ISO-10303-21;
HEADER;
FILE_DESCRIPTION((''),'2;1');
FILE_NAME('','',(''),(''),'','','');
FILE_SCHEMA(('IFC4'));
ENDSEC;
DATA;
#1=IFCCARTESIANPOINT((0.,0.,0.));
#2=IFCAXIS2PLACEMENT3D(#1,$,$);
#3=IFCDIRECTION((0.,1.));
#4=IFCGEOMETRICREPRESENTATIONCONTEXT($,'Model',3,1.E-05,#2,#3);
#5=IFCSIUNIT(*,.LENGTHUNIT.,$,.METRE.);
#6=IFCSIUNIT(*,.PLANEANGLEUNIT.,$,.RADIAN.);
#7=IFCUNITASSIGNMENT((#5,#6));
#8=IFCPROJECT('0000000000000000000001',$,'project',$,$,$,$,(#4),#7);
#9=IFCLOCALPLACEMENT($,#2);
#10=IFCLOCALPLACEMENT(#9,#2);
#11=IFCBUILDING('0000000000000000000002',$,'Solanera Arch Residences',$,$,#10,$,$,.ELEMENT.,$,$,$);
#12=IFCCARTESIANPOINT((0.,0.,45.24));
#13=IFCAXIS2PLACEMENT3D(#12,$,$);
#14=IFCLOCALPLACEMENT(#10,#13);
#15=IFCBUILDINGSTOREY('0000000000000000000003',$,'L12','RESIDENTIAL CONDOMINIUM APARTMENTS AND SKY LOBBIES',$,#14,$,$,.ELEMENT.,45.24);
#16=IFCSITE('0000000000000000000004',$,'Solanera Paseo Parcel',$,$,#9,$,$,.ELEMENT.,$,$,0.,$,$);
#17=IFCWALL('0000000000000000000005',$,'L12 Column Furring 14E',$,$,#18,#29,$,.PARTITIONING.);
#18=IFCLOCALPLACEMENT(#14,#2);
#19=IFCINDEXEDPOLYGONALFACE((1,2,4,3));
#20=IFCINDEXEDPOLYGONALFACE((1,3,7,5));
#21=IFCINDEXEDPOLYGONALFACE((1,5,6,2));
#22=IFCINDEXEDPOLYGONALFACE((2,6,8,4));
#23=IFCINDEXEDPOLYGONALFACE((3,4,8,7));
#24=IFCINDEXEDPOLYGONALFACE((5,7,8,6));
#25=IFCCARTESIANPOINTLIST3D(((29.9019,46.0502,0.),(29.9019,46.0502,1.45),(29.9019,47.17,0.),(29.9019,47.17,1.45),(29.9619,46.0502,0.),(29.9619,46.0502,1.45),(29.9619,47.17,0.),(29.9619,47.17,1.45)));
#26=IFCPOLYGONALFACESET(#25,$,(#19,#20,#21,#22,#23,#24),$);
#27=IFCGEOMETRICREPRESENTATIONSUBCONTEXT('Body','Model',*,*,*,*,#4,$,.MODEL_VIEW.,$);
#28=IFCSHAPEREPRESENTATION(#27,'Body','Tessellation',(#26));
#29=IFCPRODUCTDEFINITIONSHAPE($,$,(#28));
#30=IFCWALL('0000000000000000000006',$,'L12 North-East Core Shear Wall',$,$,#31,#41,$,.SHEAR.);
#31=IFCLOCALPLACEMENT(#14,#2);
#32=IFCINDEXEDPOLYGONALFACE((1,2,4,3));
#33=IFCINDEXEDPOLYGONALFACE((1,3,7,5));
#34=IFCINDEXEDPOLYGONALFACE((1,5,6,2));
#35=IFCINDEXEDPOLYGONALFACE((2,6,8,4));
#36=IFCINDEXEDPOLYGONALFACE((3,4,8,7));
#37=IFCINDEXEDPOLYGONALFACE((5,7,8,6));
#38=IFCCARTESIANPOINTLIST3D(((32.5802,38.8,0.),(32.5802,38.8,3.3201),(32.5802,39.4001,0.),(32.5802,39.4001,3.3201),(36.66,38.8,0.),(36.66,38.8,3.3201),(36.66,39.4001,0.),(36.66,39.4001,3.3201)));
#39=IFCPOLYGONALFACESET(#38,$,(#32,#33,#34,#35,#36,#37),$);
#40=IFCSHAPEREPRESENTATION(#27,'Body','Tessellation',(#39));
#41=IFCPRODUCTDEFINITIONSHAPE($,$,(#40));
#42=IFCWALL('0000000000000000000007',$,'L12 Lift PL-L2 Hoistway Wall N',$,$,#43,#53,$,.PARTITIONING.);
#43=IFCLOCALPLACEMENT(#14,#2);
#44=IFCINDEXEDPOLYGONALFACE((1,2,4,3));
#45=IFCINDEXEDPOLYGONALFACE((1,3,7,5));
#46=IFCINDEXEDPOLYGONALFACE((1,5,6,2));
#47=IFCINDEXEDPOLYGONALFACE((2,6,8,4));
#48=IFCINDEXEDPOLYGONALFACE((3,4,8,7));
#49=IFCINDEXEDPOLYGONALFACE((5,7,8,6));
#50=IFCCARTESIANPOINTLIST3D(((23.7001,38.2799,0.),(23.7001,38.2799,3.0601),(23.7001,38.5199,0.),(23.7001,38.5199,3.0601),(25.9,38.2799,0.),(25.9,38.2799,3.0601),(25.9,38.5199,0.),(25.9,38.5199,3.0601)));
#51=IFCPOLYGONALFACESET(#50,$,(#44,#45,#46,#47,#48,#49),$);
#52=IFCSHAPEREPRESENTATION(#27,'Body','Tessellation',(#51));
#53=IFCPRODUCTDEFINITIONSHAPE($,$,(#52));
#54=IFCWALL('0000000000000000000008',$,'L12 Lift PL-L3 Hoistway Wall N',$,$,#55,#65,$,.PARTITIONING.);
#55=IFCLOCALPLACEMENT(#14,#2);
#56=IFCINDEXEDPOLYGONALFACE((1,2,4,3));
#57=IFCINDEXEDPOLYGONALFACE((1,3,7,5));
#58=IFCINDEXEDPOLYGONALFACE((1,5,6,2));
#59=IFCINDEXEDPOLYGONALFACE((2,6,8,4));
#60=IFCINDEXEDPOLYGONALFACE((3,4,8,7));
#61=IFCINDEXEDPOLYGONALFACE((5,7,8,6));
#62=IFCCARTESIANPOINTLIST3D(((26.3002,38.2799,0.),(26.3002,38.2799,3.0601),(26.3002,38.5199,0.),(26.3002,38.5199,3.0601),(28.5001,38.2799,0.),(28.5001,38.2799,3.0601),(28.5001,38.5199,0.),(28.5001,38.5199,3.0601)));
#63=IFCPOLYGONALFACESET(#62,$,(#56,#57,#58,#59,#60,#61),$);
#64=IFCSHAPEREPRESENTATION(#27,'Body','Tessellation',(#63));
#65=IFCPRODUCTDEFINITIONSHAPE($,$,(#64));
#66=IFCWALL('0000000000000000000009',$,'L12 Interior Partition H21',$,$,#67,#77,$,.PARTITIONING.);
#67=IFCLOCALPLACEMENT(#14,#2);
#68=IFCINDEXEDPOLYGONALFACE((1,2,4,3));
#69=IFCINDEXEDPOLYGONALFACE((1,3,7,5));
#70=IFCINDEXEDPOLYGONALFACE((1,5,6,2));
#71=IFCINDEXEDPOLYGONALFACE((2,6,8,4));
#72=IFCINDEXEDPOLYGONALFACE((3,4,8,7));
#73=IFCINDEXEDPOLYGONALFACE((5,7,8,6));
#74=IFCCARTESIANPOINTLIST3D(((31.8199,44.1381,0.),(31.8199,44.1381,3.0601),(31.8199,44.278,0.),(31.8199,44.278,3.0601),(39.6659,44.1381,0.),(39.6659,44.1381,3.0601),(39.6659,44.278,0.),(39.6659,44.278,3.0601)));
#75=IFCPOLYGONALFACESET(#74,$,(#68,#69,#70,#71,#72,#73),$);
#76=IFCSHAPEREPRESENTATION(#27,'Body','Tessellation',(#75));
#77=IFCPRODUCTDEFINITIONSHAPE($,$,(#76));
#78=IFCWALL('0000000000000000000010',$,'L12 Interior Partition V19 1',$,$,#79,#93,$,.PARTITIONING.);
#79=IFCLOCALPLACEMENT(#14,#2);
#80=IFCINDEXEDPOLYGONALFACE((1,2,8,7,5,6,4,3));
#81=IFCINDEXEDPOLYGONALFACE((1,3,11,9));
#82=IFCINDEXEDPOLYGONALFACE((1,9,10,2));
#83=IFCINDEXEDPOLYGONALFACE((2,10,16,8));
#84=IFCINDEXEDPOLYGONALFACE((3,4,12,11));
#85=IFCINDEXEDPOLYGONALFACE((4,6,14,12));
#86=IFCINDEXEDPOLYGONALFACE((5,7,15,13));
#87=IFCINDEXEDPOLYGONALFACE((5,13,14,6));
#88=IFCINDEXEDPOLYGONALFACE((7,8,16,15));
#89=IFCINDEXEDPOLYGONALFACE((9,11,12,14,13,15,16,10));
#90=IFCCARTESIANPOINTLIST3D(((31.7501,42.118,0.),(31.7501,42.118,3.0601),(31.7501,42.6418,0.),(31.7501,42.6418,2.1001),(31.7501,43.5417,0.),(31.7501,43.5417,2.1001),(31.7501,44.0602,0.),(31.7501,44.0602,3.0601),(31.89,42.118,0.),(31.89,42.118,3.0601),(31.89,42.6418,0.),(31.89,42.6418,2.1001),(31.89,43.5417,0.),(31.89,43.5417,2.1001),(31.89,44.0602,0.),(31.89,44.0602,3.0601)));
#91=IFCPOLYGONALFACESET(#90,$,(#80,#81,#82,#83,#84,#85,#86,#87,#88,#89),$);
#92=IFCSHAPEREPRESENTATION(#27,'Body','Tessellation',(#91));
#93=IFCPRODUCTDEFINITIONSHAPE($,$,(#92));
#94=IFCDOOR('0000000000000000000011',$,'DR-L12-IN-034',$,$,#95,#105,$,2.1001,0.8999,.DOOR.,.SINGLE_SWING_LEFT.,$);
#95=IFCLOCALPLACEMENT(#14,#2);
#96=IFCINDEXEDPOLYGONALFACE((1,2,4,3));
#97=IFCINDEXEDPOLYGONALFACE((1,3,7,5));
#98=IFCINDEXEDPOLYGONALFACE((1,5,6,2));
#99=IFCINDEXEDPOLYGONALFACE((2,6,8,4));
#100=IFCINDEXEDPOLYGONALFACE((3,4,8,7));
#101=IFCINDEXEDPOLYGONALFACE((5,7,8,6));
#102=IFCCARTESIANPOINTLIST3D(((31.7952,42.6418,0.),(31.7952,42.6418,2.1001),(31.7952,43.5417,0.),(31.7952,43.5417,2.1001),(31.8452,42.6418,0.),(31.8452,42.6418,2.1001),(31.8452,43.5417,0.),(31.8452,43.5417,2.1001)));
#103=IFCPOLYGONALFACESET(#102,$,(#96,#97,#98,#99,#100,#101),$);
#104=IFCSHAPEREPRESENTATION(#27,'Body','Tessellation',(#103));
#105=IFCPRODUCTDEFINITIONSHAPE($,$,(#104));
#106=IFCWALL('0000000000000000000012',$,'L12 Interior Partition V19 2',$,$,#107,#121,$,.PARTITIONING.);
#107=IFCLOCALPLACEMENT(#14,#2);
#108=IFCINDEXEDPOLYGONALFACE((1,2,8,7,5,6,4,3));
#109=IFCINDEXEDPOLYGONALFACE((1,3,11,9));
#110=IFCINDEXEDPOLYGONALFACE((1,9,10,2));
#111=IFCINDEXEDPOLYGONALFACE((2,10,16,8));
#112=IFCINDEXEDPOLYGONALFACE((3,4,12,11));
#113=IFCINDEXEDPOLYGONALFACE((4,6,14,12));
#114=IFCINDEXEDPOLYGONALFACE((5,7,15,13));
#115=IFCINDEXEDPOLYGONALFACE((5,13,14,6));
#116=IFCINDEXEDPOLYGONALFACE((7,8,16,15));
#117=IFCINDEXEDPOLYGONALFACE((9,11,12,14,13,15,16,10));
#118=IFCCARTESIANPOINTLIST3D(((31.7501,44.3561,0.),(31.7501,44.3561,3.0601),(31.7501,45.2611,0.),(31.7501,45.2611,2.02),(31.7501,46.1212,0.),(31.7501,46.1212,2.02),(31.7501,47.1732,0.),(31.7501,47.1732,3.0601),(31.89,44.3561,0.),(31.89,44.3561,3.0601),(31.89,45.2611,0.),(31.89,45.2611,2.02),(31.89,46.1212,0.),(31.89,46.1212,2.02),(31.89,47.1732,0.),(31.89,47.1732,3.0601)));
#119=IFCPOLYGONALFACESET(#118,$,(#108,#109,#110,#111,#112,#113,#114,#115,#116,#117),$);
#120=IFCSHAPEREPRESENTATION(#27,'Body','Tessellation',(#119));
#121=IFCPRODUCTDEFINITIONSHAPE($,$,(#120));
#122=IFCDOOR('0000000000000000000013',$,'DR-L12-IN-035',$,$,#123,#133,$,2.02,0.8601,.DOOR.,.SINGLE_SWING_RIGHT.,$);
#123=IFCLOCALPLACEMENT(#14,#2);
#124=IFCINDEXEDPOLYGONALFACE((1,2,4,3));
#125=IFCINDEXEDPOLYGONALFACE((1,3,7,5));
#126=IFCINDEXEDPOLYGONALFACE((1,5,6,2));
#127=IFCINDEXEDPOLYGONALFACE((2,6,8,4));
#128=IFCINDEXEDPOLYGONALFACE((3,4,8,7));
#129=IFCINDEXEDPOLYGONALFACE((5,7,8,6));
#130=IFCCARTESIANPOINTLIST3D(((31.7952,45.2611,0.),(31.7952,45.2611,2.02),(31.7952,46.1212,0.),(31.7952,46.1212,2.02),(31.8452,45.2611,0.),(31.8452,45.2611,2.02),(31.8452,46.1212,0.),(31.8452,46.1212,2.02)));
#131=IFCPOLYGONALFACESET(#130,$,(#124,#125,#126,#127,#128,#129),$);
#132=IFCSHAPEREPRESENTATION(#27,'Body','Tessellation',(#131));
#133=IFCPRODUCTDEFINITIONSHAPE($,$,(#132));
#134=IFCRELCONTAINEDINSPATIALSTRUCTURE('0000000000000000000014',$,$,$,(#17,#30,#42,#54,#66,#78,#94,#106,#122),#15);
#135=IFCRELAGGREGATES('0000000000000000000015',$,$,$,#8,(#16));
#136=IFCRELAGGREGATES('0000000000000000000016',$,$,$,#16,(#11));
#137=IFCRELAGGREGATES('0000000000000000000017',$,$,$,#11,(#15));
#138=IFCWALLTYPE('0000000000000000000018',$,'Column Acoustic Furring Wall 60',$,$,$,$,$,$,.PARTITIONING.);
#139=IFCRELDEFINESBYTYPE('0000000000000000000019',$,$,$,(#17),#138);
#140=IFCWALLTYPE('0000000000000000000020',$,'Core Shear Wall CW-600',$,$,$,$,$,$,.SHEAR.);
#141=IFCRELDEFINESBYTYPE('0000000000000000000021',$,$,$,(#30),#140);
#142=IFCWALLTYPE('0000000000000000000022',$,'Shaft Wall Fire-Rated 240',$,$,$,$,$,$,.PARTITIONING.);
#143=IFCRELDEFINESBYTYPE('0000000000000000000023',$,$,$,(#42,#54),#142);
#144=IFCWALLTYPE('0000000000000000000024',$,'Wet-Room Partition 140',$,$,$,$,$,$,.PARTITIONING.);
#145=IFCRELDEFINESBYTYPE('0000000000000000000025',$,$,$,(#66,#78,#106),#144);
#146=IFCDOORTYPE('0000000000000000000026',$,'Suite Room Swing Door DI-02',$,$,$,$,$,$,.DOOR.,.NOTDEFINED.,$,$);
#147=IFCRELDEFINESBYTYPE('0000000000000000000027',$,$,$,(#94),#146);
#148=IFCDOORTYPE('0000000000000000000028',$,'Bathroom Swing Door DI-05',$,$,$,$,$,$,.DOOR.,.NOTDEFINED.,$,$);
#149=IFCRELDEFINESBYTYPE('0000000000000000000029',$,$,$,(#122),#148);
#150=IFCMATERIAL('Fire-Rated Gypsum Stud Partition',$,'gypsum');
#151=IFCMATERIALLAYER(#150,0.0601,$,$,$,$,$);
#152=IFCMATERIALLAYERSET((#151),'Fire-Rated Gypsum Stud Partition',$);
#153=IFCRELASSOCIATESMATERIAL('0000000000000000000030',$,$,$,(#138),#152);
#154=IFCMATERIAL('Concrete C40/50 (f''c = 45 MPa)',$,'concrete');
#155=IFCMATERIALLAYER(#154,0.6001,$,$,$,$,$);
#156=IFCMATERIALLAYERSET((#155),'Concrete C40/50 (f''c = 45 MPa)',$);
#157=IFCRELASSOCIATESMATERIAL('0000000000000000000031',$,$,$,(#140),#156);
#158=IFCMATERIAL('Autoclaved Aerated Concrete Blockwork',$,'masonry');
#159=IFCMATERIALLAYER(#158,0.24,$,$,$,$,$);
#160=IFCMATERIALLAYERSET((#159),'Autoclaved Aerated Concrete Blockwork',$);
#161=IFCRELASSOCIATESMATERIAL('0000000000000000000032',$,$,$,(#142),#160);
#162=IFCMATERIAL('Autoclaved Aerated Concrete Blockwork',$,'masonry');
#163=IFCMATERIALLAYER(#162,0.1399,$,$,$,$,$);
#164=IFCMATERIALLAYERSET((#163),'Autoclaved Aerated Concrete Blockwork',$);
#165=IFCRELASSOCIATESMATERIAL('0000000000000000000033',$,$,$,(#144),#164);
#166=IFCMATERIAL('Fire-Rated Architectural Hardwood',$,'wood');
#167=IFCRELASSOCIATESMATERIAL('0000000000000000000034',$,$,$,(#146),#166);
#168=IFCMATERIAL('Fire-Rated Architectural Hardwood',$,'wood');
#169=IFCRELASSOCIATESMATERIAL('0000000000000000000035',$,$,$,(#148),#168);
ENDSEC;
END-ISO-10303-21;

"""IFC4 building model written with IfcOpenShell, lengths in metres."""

from ifc_helpers import new_model, si_unit, direction, frame, frame_2d, origin, place, context, subcontext, project, spatial, rectangle, extrude, material, layer, layer_set, type_object, element, fill, save


model = new_model("IFC4")

# Units and contexts
model_context = context("Model", 3, precision=1e-05, world=origin(), true_north=direction((0.0, 1.0)))
body_context = subcontext(model_context, "Body", "Model", "MODEL_VIEW")
ifc_project = project(units=[si_unit("LENGTHUNIT", "METRE"), si_unit("PLANEANGLEUNIT", "RADIAN")], contexts=[model_context])

# Site, building, storey
site_placement = place(None, origin())
site = spatial("IfcSite", under=ifc_project, at=site_placement, Name="Solanera Paseo Parcel", CompositionType="ELEMENT", RefElevation=0.0)
building_placement = place(site_placement, origin())
building = spatial("IfcBuilding", under=site, at=building_placement, Name="Solanera Arch Residences", CompositionType="ELEMENT")
storey_placement = place(building_placement, frame((0.0, 0.0, 45.24)))
storey = spatial("IfcBuildingStorey", under=building, at=storey_placement, Name="L12", Description="RESIDENTIAL CONDOMINIUM APARTMENTS AND SKY LOBBIES", CompositionType="ELEMENT", Elevation=45.24)

# Walls
ifc_material_1 = material(Name="Fire-Rated Gypsum Stud Partition", Category="gypsum")
ifc_layer_1 = layer(ifc_material_1, 0.0601)
ifc_layer_set_1 = layer_set([ifc_layer_1], Name="Fire-Rated Gypsum Stud Partition")
wall_type_1 = type_object("IfcWallType", Name="Column Acoustic Furring Wall 60", PredefinedType="PARTITIONING", material=ifc_layer_set_1)
for number, where, z_axis, x_axis, name in (
    (1, (29.9319, 46.05, 0.0), (0.0, 0.0, 1.0), (0.0, 1.0, 0.0), "L12 Column Furring 14E"),
):
    element("IfcWall", number, at=place(storey_placement, frame(where, z_axis=z_axis, x_axis=x_axis)), inside=storey, type_object=wall_type_1, Name=name, PredefinedType="PARTITIONING", context=body_context, shape_type="SweptSolid", body=[
        extrude(rectangle(XDim=1.1199, YDim=0.0601, at=frame_2d((0.5601, 0.0))), origin(), (0.0, 0.0, 1.0), 1.45),
    ])
ifc_material_2 = material(Name="Concrete C40/50 (f'c = 45 MPa)", Category="concrete")
ifc_layer_2 = layer(ifc_material_2, 0.6001)
ifc_layer_set_2 = layer_set([ifc_layer_2], Name="Concrete C40/50 (f'c = 45 MPa)")
wall_type_2 = type_object("IfcWallType", Name="Core Shear Wall CW-600", PredefinedType="SHEAR", material=ifc_layer_set_2)
wall_1_placement = place(storey_placement, frame((32.5801, 39.1001, 0.0), z_axis=(0.0, 0.0, 1.0), x_axis=(1.0, 0.0, 0.0)))
element("IfcWall", 2, at=wall_1_placement, inside=storey, type_object=wall_type_2, Name="L12 North-East Core Shear Wall", PredefinedType="SHEAR", context=body_context, shape_type="SweptSolid", body=[
    extrude(rectangle(XDim=4.0798, YDim=0.6001, at=frame_2d((2.04, 0.0))), origin(), (0.0, 0.0, 1.0), 3.3201),
])
ifc_material_3 = material(Name="Autoclaved Aerated Concrete Blockwork", Category="masonry")
ifc_layer_3 = layer(ifc_material_3, 0.24)
ifc_layer_set_3 = layer_set([ifc_layer_3], Name="Autoclaved Aerated Concrete Blockwork")
wall_type_3 = type_object("IfcWallType", Name="Shaft Wall Fire-Rated 240", PredefinedType="PARTITIONING", material=ifc_layer_set_3)
for number, where, z_axis, x_axis, name in (
    (3, (23.7, 38.3999, 0.0), (0.0, 0.0, 1.0), (1.0, 0.0, 0.0), "L12 Lift PL-L2 Hoistway Wall N"),
    (4, (26.3, 38.3999, 0.0), (0.0, 0.0, 1.0), (1.0, 0.0, 0.0), "L12 Lift PL-L3 Hoistway Wall N"),
):
    element("IfcWall", number, at=place(storey_placement, frame(where, z_axis=z_axis, x_axis=x_axis)), inside=storey, type_object=wall_type_3, Name=name, PredefinedType="PARTITIONING", context=body_context, shape_type="SweptSolid", body=[
        extrude(rectangle(XDim=2.2, YDim=0.24, at=frame_2d((1.1001, 0.0))), origin(), (0.0, 0.0, 1.0), 3.0601),
    ])
ifc_material_4 = material(Name="Autoclaved Aerated Concrete Blockwork", Category="masonry")
ifc_layer_4 = layer(ifc_material_4, 0.1399)
ifc_layer_set_4 = layer_set([ifc_layer_4], Name="Autoclaved Aerated Concrete Blockwork")
wall_type_4 = type_object("IfcWallType", Name="Wet-Room Partition 140", PredefinedType="PARTITIONING", material=ifc_layer_set_4)
wall_2_placement = place(storey_placement, frame((31.8201, 44.208, 0.0), z_axis=(0.0, 0.0, 1.0), x_axis=(1.0, 0.0, 0.0)))
element("IfcWall", 5, at=wall_2_placement, inside=storey, type_object=wall_type_4, Name="L12 Interior Partition H21", PredefinedType="PARTITIONING", context=body_context, shape_type="SweptSolid", body=[
    extrude(rectangle(XDim=7.8459, YDim=0.1399, at=frame_2d((3.9229, 0.0))), origin(), (0.0, 0.0, 1.0), 3.0601),
])

# Walls, openings, doors
wall_3_placement = place(storey_placement, frame((31.8201, 42.1179, 0.0), z_axis=(0.0, 0.0, 1.0), x_axis=(0.0, 1.0, 0.0)))
wall_3 = element("IfcWall", 6, at=wall_3_placement, inside=storey, type_object=wall_type_4, Name="L12 Interior Partition V19 1", PredefinedType="PARTITIONING", context=body_context, shape_type="SweptSolid", body=[
    extrude(rectangle(XDim=1.9421, YDim=0.1399, at=frame_2d((0.9712, 0.0))), origin(), (0.0, 0.0, 1.0), 3.0601),
])
opening_1_placement = place(wall_3_placement, frame((0.5239, 0.0, 0.0)))
opening_1 = element("IfcOpeningElement", 7, at=opening_1_placement, cuts=wall_3, PredefinedType="OPENING", context=body_context, shape_type="SweptSolid", body=[
    extrude(rectangle(XDim=0.8999, YDim=2.1001, at=frame_2d((0.45, 1.05))), frame((0.0, 0.0798, 0.0), z_axis=(0.0, -1.0, 0.0), x_axis=(1.0, 0.0, 0.0)), (0.0, 0.0, 1.0), 0.1599),
])
ifc_material_5 = material(Name="Fire-Rated Architectural Hardwood", Category="wood")
door_type_1 = type_object("IfcDoorType", Name="Suite Room Swing Door DI-02", OperationType="NOTDEFINED", PredefinedType="DOOR", material=ifc_material_5)
door_1_placement = place(opening_1_placement, origin())
door_1 = element("IfcDoor", 8, at=door_1_placement, inside=storey, type_object=door_type_1, Name="DR-L12-IN-034", OperationType="SINGLE_SWING_LEFT", OverallHeight=2.1001, OverallWidth=0.8999, PredefinedType="DOOR", context=body_context, shape_type="SweptSolid", body=[
    extrude(rectangle(XDim=0.8999, YDim=2.1001, at=frame_2d((0.45, 1.05))), frame((0.0, 0.0249, 0.0), z_axis=(0.0, -1.0, 0.0), x_axis=(1.0, 0.0, 0.0)), (0.0, 0.0, 1.0), 0.05),
])
fill(opening_1, door_1)
wall_4_placement = place(storey_placement, frame((31.8201, 44.356, 0.0), z_axis=(0.0, 0.0, 1.0), x_axis=(0.0, 1.0, 0.0)))
wall_4 = element("IfcWall", 9, at=wall_4_placement, inside=storey, type_object=wall_type_4, Name="L12 Interior Partition V19 2", PredefinedType="PARTITIONING", context=body_context, shape_type="SweptSolid", body=[
    extrude(rectangle(XDim=2.8171, YDim=0.1399, at=frame_2d((1.4087, 0.0))), origin(), (0.0, 0.0, 1.0), 3.0601),
])
opening_2_placement = place(wall_4_placement, frame((0.905, 0.0, 0.0)))
opening_2 = element("IfcOpeningElement", 10, at=opening_2_placement, cuts=wall_4, PredefinedType="OPENING", context=body_context, shape_type="SweptSolid", body=[
    extrude(rectangle(XDim=0.8601, YDim=2.02, at=frame_2d((0.4302, 1.01))), frame((0.0, 0.0798, 0.0), z_axis=(0.0, -1.0, 0.0), x_axis=(1.0, 0.0, 0.0)), (0.0, 0.0, 1.0), 0.1599),
])
ifc_material_6 = material(Name="Fire-Rated Architectural Hardwood", Category="wood")
door_type_2 = type_object("IfcDoorType", Name="Bathroom Swing Door DI-05", OperationType="NOTDEFINED", PredefinedType="DOOR", material=ifc_material_6)
door_2_placement = place(opening_2_placement, origin())
door_2 = element("IfcDoor", 11, at=door_2_placement, inside=storey, type_object=door_type_2, Name="DR-L12-IN-035", OperationType="SINGLE_SWING_RIGHT", OverallHeight=2.02, OverallWidth=0.8601, PredefinedType="DOOR", context=body_context, shape_type="SweptSolid", body=[
    extrude(rectangle(XDim=0.8601, YDim=2.02, at=frame_2d((0.4302, 1.01))), frame((0.0, 0.0249, 0.0), z_axis=(0.0, -1.0, 0.0), x_axis=(1.0, 0.0, 0.0)), (0.0, 0.0, 1.0), 0.05),
])
fill(opening_2, door_2)

save(model, "model.ifc")
